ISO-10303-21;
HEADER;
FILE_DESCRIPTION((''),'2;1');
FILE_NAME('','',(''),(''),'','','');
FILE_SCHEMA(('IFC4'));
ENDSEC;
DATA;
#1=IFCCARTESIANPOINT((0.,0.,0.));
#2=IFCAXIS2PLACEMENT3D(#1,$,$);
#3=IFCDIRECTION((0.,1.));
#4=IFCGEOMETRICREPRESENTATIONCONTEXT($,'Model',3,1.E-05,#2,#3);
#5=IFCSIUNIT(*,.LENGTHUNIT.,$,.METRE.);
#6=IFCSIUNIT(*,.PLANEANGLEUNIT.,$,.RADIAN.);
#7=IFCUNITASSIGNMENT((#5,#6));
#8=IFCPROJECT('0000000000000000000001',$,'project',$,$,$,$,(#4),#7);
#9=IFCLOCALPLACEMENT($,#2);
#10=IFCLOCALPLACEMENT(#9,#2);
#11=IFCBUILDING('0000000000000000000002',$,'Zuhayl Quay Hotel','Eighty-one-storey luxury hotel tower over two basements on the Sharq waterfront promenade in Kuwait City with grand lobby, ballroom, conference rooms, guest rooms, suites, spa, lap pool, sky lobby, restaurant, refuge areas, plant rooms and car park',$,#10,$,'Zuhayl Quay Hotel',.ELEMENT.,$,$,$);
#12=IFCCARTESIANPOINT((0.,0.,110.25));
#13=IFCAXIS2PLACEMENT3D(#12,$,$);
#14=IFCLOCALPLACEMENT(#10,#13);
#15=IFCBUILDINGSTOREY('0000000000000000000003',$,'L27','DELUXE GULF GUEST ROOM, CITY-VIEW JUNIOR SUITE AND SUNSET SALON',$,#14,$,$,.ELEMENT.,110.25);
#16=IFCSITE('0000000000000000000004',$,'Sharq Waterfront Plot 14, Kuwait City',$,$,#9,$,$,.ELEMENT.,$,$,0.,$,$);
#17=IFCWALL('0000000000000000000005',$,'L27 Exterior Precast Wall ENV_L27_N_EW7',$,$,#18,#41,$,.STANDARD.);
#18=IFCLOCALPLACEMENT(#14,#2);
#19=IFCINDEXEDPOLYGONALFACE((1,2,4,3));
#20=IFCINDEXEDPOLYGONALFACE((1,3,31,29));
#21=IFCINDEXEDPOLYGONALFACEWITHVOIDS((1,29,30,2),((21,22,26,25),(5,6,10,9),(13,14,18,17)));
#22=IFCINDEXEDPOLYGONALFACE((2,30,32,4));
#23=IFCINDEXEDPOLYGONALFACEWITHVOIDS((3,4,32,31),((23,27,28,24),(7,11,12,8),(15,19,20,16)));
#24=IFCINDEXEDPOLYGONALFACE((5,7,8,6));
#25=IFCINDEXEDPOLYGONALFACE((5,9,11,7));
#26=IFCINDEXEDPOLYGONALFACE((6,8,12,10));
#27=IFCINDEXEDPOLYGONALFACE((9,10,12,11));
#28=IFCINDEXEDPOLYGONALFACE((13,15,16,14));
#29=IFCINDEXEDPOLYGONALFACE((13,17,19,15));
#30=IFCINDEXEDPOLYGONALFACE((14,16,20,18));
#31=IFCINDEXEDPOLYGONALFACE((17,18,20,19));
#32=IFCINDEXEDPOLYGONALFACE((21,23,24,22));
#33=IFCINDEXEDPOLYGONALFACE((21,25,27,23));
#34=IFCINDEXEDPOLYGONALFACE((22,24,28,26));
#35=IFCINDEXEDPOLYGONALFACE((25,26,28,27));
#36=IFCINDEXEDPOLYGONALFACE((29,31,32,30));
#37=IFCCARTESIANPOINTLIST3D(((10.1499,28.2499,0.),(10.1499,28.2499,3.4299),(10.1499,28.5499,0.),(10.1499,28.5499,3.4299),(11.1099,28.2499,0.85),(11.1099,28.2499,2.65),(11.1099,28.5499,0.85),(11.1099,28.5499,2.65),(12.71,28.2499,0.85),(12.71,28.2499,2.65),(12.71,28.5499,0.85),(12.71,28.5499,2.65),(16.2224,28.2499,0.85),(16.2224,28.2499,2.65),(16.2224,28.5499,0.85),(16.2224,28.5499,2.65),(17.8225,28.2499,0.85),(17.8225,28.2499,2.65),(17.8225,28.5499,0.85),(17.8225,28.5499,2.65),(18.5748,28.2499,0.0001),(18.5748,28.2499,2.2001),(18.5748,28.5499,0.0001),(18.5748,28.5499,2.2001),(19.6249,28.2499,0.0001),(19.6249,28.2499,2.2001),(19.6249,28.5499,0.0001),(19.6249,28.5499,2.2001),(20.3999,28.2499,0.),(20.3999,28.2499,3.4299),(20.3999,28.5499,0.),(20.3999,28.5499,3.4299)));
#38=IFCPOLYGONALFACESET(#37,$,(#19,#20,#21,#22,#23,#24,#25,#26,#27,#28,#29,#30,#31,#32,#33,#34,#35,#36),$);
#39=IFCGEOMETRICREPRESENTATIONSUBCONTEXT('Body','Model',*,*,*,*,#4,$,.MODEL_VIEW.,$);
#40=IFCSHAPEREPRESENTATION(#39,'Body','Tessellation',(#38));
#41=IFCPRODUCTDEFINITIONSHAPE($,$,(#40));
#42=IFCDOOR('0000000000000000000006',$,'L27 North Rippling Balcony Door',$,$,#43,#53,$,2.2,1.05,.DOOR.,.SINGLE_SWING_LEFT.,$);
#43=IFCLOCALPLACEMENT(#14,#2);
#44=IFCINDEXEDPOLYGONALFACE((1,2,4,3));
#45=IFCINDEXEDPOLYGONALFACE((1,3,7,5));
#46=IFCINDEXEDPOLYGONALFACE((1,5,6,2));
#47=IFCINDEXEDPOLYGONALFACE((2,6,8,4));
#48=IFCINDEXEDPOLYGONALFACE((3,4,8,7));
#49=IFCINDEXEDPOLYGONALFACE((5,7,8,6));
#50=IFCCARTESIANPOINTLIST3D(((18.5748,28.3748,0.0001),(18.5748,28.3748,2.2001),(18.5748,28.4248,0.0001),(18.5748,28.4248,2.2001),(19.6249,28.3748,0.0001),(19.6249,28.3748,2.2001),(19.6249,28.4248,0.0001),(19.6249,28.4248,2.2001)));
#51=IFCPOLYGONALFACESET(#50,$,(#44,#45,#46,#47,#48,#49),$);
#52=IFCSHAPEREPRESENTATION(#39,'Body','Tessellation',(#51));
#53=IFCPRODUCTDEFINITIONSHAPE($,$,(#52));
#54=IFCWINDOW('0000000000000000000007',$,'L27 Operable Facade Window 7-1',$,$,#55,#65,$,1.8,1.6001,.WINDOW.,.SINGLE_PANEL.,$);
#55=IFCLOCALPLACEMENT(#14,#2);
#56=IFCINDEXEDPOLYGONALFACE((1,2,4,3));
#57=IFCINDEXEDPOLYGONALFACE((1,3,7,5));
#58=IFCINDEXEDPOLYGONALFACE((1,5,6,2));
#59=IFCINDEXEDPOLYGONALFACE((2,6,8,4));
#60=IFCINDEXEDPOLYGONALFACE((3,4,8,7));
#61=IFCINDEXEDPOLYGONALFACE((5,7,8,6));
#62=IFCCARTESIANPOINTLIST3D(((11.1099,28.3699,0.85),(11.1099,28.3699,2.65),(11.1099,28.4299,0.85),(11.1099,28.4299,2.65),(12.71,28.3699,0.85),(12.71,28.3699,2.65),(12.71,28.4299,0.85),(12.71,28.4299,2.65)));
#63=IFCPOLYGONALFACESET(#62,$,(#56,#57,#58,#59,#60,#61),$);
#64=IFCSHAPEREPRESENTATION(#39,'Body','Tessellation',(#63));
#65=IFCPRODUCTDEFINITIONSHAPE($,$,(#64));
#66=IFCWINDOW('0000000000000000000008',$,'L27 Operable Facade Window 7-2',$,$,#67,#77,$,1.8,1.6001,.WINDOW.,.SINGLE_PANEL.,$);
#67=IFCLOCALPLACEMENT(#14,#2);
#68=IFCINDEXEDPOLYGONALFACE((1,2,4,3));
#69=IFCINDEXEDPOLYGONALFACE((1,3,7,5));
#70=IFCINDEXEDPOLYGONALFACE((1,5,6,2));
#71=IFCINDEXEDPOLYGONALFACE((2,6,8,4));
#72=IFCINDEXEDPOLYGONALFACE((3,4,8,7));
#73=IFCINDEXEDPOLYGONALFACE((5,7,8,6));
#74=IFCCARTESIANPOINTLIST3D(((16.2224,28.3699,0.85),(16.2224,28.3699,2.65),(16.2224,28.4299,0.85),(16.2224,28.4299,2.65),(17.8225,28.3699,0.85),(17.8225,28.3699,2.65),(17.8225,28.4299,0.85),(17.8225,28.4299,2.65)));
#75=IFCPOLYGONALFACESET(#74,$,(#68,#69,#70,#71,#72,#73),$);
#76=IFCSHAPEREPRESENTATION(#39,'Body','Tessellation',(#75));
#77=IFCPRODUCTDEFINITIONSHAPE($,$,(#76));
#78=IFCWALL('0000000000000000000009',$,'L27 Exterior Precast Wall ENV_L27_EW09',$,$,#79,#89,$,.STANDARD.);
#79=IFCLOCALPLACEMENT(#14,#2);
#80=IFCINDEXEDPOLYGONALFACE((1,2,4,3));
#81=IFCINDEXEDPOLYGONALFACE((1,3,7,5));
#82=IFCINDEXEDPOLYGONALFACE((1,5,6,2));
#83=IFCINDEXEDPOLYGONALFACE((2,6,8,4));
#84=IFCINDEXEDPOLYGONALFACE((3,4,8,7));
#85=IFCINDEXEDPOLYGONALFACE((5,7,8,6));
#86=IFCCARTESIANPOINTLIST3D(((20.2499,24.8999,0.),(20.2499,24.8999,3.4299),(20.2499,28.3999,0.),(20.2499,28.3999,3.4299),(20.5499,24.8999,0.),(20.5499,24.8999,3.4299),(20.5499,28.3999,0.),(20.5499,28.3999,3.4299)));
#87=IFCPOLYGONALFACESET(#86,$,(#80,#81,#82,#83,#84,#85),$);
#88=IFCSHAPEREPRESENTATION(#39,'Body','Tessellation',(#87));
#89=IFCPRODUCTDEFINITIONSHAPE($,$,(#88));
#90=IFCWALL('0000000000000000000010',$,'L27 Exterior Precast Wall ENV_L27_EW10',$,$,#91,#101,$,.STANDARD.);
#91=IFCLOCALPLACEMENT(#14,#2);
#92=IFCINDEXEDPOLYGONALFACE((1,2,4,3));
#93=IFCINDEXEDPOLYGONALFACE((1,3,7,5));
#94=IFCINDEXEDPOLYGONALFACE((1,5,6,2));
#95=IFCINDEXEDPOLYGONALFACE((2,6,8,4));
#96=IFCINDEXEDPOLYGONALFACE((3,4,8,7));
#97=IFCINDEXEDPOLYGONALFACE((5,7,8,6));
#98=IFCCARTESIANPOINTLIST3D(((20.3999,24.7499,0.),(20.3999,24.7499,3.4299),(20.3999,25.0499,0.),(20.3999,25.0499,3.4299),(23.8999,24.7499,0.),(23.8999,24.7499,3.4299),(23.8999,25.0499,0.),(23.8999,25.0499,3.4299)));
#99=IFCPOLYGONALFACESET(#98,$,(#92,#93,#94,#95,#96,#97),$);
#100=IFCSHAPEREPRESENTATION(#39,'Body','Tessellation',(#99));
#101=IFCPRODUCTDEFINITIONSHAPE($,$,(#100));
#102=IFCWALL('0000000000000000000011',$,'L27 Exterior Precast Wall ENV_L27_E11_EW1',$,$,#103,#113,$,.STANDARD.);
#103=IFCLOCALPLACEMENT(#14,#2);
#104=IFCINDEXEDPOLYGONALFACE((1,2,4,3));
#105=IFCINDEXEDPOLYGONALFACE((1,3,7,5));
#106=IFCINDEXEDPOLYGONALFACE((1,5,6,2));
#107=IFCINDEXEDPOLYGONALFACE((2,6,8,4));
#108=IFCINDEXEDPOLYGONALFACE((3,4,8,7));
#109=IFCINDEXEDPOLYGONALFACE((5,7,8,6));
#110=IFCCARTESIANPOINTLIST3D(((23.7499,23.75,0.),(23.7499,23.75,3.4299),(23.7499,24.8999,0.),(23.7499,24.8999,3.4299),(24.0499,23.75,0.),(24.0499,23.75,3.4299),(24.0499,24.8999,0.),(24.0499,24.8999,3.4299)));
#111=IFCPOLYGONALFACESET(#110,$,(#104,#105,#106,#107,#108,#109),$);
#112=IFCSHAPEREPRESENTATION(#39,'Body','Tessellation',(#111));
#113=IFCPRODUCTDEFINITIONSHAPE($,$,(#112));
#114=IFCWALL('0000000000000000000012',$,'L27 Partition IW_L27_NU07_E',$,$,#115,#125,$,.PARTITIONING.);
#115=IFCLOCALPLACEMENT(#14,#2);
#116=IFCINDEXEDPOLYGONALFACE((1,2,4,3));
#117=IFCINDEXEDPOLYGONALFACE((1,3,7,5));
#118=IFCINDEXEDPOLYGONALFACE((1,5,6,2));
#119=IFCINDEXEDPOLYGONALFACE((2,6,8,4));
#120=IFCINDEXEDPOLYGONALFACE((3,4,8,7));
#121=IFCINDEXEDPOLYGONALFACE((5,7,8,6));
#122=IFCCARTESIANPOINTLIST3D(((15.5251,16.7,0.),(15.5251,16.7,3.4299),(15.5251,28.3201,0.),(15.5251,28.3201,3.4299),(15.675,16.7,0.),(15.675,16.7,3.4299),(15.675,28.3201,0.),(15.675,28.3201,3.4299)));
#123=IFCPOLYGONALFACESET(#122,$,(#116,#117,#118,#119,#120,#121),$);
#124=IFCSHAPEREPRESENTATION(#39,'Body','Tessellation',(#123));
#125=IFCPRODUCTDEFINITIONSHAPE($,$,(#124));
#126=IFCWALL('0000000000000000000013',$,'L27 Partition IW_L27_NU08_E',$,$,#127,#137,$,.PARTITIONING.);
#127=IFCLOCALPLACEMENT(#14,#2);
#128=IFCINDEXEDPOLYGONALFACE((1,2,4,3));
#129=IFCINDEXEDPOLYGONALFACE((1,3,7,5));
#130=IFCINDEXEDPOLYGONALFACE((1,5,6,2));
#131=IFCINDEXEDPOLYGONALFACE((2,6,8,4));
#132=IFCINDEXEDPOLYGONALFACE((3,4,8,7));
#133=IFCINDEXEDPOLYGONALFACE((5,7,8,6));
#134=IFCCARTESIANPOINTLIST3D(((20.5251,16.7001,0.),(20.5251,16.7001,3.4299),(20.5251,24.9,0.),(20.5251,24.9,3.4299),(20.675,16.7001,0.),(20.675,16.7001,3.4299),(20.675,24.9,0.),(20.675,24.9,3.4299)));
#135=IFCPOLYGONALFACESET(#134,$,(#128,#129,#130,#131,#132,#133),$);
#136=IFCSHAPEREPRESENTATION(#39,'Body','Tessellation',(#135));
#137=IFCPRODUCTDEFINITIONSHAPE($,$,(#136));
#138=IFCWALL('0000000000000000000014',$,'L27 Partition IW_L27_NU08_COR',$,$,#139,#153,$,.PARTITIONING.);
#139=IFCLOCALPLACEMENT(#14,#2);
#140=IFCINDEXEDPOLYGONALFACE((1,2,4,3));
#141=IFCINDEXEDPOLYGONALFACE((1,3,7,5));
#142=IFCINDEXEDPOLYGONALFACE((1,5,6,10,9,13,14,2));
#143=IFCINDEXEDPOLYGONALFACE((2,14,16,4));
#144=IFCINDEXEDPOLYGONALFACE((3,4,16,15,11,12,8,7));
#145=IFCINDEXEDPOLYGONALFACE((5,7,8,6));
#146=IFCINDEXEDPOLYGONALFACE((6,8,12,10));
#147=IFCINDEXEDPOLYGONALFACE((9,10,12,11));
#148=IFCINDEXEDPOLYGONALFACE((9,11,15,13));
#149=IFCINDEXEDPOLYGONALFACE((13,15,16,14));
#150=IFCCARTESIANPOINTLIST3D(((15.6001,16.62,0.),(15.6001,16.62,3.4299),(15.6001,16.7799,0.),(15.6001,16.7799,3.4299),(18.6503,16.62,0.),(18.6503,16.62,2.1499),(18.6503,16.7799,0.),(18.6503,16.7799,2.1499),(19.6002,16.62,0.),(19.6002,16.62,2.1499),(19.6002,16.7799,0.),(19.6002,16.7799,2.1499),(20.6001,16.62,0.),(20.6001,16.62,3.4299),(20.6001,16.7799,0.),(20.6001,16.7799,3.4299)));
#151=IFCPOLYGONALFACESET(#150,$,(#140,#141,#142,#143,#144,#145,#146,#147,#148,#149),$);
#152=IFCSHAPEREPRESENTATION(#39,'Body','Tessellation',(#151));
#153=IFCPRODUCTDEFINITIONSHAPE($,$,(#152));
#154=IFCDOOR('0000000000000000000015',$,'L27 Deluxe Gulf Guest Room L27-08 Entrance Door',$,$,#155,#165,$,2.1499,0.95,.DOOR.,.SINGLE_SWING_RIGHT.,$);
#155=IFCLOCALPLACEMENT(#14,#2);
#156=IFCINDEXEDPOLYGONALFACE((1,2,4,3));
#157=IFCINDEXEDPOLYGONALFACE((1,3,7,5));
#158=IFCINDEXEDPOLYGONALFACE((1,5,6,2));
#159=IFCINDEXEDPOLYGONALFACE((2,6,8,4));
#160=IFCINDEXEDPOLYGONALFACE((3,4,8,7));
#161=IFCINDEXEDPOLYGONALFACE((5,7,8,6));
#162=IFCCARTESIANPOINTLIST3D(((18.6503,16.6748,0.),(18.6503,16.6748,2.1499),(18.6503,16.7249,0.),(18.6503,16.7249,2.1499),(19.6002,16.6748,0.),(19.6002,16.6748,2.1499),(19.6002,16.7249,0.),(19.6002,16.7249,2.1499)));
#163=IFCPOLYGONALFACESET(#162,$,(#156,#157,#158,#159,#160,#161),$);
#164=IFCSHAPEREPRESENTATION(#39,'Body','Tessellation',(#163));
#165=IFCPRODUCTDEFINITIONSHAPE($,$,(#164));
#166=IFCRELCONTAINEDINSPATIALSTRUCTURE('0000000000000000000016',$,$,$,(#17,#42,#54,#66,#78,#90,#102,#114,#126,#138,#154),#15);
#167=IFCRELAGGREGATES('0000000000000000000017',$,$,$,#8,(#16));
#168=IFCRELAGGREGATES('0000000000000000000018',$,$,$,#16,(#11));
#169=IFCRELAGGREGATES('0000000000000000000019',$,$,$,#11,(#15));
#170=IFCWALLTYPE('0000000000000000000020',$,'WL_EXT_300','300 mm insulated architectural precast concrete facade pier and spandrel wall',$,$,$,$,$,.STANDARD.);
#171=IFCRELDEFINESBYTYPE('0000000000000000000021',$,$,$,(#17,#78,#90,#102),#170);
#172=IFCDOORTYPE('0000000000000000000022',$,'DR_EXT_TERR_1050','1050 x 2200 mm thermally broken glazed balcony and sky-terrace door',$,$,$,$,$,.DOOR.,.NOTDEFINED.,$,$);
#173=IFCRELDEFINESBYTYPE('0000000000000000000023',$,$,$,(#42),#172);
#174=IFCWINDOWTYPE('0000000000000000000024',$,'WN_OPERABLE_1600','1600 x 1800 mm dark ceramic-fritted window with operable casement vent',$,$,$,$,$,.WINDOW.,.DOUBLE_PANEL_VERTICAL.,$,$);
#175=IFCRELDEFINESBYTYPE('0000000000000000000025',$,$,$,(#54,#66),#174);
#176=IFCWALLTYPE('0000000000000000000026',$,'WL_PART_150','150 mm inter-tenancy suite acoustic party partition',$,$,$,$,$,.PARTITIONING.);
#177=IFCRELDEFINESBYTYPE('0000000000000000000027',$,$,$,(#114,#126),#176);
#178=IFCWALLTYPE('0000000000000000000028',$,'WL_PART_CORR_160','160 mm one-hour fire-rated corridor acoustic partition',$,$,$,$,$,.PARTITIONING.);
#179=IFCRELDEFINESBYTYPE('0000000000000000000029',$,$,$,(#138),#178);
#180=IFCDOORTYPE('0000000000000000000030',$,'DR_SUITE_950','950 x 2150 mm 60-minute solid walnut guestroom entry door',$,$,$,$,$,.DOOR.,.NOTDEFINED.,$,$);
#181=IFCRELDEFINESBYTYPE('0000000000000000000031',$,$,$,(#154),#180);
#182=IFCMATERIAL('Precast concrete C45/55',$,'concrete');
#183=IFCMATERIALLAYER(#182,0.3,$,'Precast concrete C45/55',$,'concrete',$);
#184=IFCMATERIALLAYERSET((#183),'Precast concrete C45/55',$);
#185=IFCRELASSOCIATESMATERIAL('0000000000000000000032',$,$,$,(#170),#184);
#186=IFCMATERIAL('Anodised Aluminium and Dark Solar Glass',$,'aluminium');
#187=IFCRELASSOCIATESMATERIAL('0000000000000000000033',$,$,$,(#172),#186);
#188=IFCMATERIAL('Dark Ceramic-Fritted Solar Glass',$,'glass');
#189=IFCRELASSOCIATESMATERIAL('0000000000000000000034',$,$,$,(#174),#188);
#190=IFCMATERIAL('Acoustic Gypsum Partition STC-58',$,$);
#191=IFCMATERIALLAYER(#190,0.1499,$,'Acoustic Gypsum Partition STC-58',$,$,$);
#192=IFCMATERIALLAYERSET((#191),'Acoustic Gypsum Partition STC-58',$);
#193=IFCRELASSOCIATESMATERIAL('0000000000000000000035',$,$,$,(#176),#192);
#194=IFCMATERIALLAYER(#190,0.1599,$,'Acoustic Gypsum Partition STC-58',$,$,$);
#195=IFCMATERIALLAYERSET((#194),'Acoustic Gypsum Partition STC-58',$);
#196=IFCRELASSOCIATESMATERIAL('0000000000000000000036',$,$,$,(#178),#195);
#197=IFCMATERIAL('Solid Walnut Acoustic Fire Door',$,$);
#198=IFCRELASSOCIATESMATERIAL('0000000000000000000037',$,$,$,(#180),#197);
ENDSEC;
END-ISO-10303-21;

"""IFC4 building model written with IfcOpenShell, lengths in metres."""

from ifc_helpers import new_model, si_unit, direction, frame, frame_2d, origin, place, context, subcontext, project, spatial, rectangle, extrude, material, layer, layer_set, type_object, element, fill, save


model = new_model("IFC4")

# Units and contexts
model_context = context("Model", 3, precision=1e-05, world=origin(), true_north=direction((0.0, 1.0)))
body_context = subcontext(model_context, "Body", "Model", "MODEL_VIEW")
ifc_project = project(units=[si_unit("LENGTHUNIT", "METRE"), si_unit("PLANEANGLEUNIT", "RADIAN")], contexts=[model_context])

# Site, building, storey
site_placement = place(None, origin())
site = spatial("IfcSite", under=ifc_project, at=site_placement, Name="Sharq Waterfront Plot 14, Kuwait City", CompositionType="ELEMENT", RefElevation=0.0)
building_placement = place(site_placement, origin())
building = spatial("IfcBuilding", under=site, at=building_placement, Name="Zuhayl Quay Hotel", Description="Eighty-one-storey luxury hotel tower over two basements on the Sharq waterfront promenade in Kuwait City with grand lobby, ballroom, conference rooms, guest rooms, suites, spa, lap pool, sky lobby, restaurant, refuge areas, plant rooms and car park", LongName="Zuhayl Quay Hotel", CompositionType="ELEMENT")
storey_placement = place(building_placement, frame((0.0, 0.0, 110.25)))
storey = spatial("IfcBuildingStorey", under=building, at=storey_placement, Name="L27", Description="DELUXE GULF GUEST ROOM, CITY-VIEW JUNIOR SUITE AND SUNSET SALON", CompositionType="ELEMENT", Elevation=110.25)

# Shared definitions
ifc_material_1 = material(Name="Dark Ceramic-Fritted Solar Glass", Category="glass")

# Wall, openings, door, windows
ifc_material_2 = material(Name="Precast concrete C45/55", Category="concrete")
ifc_layer_1 = layer(ifc_material_2, 0.3, Name="Precast concrete C45/55", Category="concrete")
ifc_layer_set_1 = layer_set([ifc_layer_1], Name="Precast concrete C45/55")
wall_type_1 = type_object("IfcWallType", Name="WL_EXT_300", Description="300 mm insulated architectural precast concrete facade pier and spandrel wall", PredefinedType="STANDARD", material=ifc_layer_set_1)
wall_1_placement = place(storey_placement, frame((10.1499, 28.3999, 0.0), z_axis=(0.0, 0.0, 1.0), x_axis=(1.0, 0.0, 0.0)))
wall_1 = element("IfcWall", 1, at=wall_1_placement, inside=storey, type_object=wall_type_1, Name="L27 Exterior Precast Wall ENV_L27_N_EW7", PredefinedType="STANDARD", context=body_context, shape_type="SweptSolid", body=[
    extrude(rectangle(XDim=10.25, YDim=0.3, at=frame_2d((5.125, 0.0))), origin(), (0.0, 0.0, 1.0), 3.4299),
])
opening_1_placement = place(wall_1_placement, frame((8.425, 0.0, 0.0)))
opening_1 = element("IfcOpeningElement", 2, at=opening_1_placement, cuts=wall_1, PredefinedType="OPENING", context=body_context, shape_type="SweptSolid", body=[
    extrude(rectangle(XDim=1.05, YDim=2.2, at=frame_2d((0.5249, 1.1001))), frame((0.0, 0.1599, 0.0), z_axis=(0.0, -1.0, 0.0), x_axis=(1.0, 0.0, 0.0)), (0.0, 0.0, 1.0), 0.3201),
])
opening_2_placement = place(wall_1_placement, frame((0.96, 0.0, 0.8501)))
opening_2 = element("IfcOpeningElement", 3, at=opening_2_placement, cuts=wall_1, PredefinedType="OPENING", context=body_context, shape_type="SweptSolid", body=[
    extrude(rectangle(XDim=1.6001, YDim=1.8, at=frame_2d((0.8, 0.8999))), frame((0.0, 0.1599, 0.0), z_axis=(0.0, -1.0, 0.0), x_axis=(1.0, 0.0, 0.0)), (0.0, 0.0, 1.0), 0.3201),
])
opening_3_placement = place(wall_1_placement, frame((6.0725, 0.0, 0.8501)))
opening_3 = element("IfcOpeningElement", 4, at=opening_3_placement, cuts=wall_1, PredefinedType="OPENING", context=body_context, shape_type="SweptSolid", body=[
    extrude(rectangle(XDim=1.6001, YDim=1.8, at=frame_2d((0.8, 0.8999))), frame((0.0, 0.1599, 0.0), z_axis=(0.0, -1.0, 0.0), x_axis=(1.0, 0.0, 0.0)), (0.0, 0.0, 1.0), 0.3201),
])
ifc_material_3 = material(Name="Anodised Aluminium and Dark Solar Glass", Category="aluminium")
door_type_1 = type_object("IfcDoorType", Name="DR_EXT_TERR_1050", Description="1050 x 2200 mm thermally broken glazed balcony and sky-terrace door", OperationType="NOTDEFINED", PredefinedType="DOOR", material=ifc_material_3)
door_1_placement = place(opening_1_placement, origin())
door_1 = element("IfcDoor", 5, at=door_1_placement, inside=storey, type_object=door_type_1, Name="L27 North Rippling Balcony Door", OperationType="SINGLE_SWING_LEFT", OverallHeight=2.2, OverallWidth=1.05, PredefinedType="DOOR", context=body_context, shape_type="SweptSolid", body=[
    extrude(rectangle(XDim=1.05, YDim=2.2, at=frame_2d((0.5249, 1.1001))), frame((0.0, 0.0249, 0.0), z_axis=(0.0, -1.0, 0.0), x_axis=(1.0, 0.0, 0.0)), (0.0, 0.0, 1.0), 0.05),
])
fill(opening_1, door_1)
window_type = type_object("IfcWindowType", Name="WN_OPERABLE_1600", Description="1600 x 1800 mm dark ceramic-fritted window with operable casement vent", PartitioningType="DOUBLE_PANEL_VERTICAL", PredefinedType="WINDOW", material=ifc_material_1)
window_1_placement = place(opening_2_placement, origin())
window_1 = element("IfcWindow", 6, at=window_1_placement, inside=storey, type_object=window_type, Name="L27 Operable Facade Window 7-1", OverallHeight=1.8, OverallWidth=1.6001, PartitioningType="SINGLE_PANEL", PredefinedType="WINDOW", context=body_context, shape_type="SweptSolid", body=[
    extrude(rectangle(XDim=1.6001, YDim=1.8, at=frame_2d((0.8, 0.8999))), frame((0.0, 0.03, 0.0), z_axis=(0.0, -1.0, 0.0), x_axis=(1.0, 0.0, 0.0)), (0.0, 0.0, 1.0), 0.0601),
])
fill(opening_2, window_1)
window_2_placement = place(opening_3_placement, origin())
window_2 = element("IfcWindow", 7, at=window_2_placement, inside=storey, type_object=window_type, Name="L27 Operable Facade Window 7-2", OverallHeight=1.8, OverallWidth=1.6001, PartitioningType="SINGLE_PANEL", PredefinedType="WINDOW", context=body_context, shape_type="SweptSolid", body=[
    extrude(rectangle(XDim=1.6001, YDim=1.8, at=frame_2d((0.8, 0.8999))), frame((0.0, 0.03, 0.0), z_axis=(0.0, -1.0, 0.0), x_axis=(1.0, 0.0, 0.0)), (0.0, 0.0, 1.0), 0.0601),
])
fill(opening_3, window_2)

# Walls
for number, where, z_axis, x_axis, name in (
    (8, (20.3999, 28.3999, 0.0), (0.0, 0.0, 1.0), (0.0, -1.0, 0.0), "L27 Exterior Precast Wall ENV_L27_EW09"),
    (9, (20.3999, 24.8999, 0.0), (0.0, 0.0, 1.0), (1.0, 0.0, 0.0), "L27 Exterior Precast Wall ENV_L27_EW10"),
):
    element("IfcWall", number, at=place(storey_placement, frame(where, z_axis=z_axis, x_axis=x_axis)), inside=storey, type_object=wall_type_1, Name=name, PredefinedType="STANDARD", context=body_context, shape_type="SweptSolid", body=[
        extrude(rectangle(XDim=3.5, YDim=0.3, at=frame_2d((1.75, 0.0))), origin(), (0.0, 0.0, 1.0), 3.4299),
    ])
wall_2_placement = place(storey_placement, frame((23.8999, 24.8999, 0.0), z_axis=(0.0, 0.0, 1.0), x_axis=(0.0, -1.0, 0.0)))
element("IfcWall", 10, at=wall_2_placement, inside=storey, type_object=wall_type_1, Name="L27 Exterior Precast Wall ENV_L27_E11_EW1", PredefinedType="STANDARD", context=body_context, shape_type="SweptSolid", body=[
    extrude(rectangle(XDim=1.1499, YDim=0.3, at=frame_2d((0.575, 0.0))), origin(), (0.0, 0.0, 1.0), 3.4299),
])
ifc_material_4 = material(Name="Acoustic Gypsum Partition STC-58")
ifc_layer_2 = layer(ifc_material_4, 0.1499, Name="Acoustic Gypsum Partition STC-58")
ifc_layer_set_2 = layer_set([ifc_layer_2], Name="Acoustic Gypsum Partition STC-58")
wall_type_2 = type_object("IfcWallType", Name="WL_PART_150", Description="150 mm inter-tenancy suite acoustic party partition", PredefinedType="PARTITIONING", material=ifc_layer_set_2)
wall_3_placement = place(storey_placement, frame((15.6001, 16.7, 0.0), z_axis=(0.0, 0.0, 1.0), x_axis=(0.0, 1.0, 0.0)))
element("IfcWall", 11, at=wall_3_placement, inside=storey, type_object=wall_type_2, Name="L27 Partition IW_L27_NU07_E", PredefinedType="PARTITIONING", context=body_context, shape_type="SweptSolid", body=[
    extrude(rectangle(XDim=11.6201, YDim=0.1499, at=frame_2d((5.8101, 0.0))), origin(), (0.0, 0.0, 1.0), 3.4299),
])
wall_4_placement = place(storey_placement, frame((20.6001, 16.7, 0.0), z_axis=(0.0, 0.0, 1.0), x_axis=(0.0, 1.0, 0.0)))
element("IfcWall", 12, at=wall_4_placement, inside=storey, type_object=wall_type_2, Name="L27 Partition IW_L27_NU08_E", PredefinedType="PARTITIONING", context=body_context, shape_type="SweptSolid", body=[
    extrude(rectangle(XDim=8.2, YDim=0.1499, at=frame_2d((4.1001, 0.0))), origin(), (0.0, 0.0, 1.0), 3.4299),
])

# Wall, opening, door
ifc_layer_3 = layer(ifc_material_4, 0.1599, Name="Acoustic Gypsum Partition STC-58")
ifc_layer_set_3 = layer_set([ifc_layer_3], Name="Acoustic Gypsum Partition STC-58")
wall_type_3 = type_object("IfcWallType", Name="WL_PART_CORR_160", Description="160 mm one-hour fire-rated corridor acoustic partition", PredefinedType="PARTITIONING", material=ifc_layer_set_3)
wall_5_placement = place(storey_placement, frame((15.6001, 16.7, 0.0), z_axis=(0.0, 0.0, 1.0), x_axis=(1.0, 0.0, 0.0)))
wall_5 = element("IfcWall", 13, at=wall_5_placement, inside=storey, type_object=wall_type_3, Name="L27 Partition IW_L27_NU08_COR", PredefinedType="PARTITIONING", context=body_context, shape_type="SweptSolid", body=[
    extrude(rectangle(XDim=5.0, YDim=0.1599, at=frame_2d((2.5, 0.0))), origin(), (0.0, 0.0, 1.0), 3.4299),
])
opening_4_placement = place(wall_5_placement, frame((3.05, 0.0, 0.0)))
opening_4 = element("IfcOpeningElement", 14, at=opening_4_placement, cuts=wall_5, PredefinedType="OPENING", context=body_context, shape_type="SweptSolid", body=[
    extrude(rectangle(XDim=0.95, YDim=2.1499, at=frame_2d((0.4751, 1.075))), frame((0.0, 0.0898, 0.0), z_axis=(0.0, -1.0, 0.0), x_axis=(1.0, 0.0, 0.0)), (0.0, 0.0, 1.0), 0.1799),
])
ifc_material_5 = material(Name="Solid Walnut Acoustic Fire Door")
door_type_2 = type_object("IfcDoorType", Name="DR_SUITE_950", Description="950 x 2150 mm 60-minute solid walnut guestroom entry door", OperationType="NOTDEFINED", PredefinedType="DOOR", material=ifc_material_5)
door_2_placement = place(opening_4_placement, origin())
door_2 = element("IfcDoor", 15, at=door_2_placement, inside=storey, type_object=door_type_2, Name="L27 Deluxe Gulf Guest Room L27-08 Entrance Door", OperationType="SINGLE_SWING_RIGHT", OverallHeight=2.1499, OverallWidth=0.95, PredefinedType="DOOR", context=body_context, shape_type="SweptSolid", body=[
    extrude(rectangle(XDim=0.95, YDim=2.1499, at=frame_2d((0.4751, 1.075))), frame((0.0, 0.0249, 0.0), z_axis=(0.0, -1.0, 0.0), x_axis=(1.0, 0.0, 0.0)), (0.0, 0.0, 1.0), 0.05),
])
fill(opening_4, door_2)

save(model, "model.ifc")
